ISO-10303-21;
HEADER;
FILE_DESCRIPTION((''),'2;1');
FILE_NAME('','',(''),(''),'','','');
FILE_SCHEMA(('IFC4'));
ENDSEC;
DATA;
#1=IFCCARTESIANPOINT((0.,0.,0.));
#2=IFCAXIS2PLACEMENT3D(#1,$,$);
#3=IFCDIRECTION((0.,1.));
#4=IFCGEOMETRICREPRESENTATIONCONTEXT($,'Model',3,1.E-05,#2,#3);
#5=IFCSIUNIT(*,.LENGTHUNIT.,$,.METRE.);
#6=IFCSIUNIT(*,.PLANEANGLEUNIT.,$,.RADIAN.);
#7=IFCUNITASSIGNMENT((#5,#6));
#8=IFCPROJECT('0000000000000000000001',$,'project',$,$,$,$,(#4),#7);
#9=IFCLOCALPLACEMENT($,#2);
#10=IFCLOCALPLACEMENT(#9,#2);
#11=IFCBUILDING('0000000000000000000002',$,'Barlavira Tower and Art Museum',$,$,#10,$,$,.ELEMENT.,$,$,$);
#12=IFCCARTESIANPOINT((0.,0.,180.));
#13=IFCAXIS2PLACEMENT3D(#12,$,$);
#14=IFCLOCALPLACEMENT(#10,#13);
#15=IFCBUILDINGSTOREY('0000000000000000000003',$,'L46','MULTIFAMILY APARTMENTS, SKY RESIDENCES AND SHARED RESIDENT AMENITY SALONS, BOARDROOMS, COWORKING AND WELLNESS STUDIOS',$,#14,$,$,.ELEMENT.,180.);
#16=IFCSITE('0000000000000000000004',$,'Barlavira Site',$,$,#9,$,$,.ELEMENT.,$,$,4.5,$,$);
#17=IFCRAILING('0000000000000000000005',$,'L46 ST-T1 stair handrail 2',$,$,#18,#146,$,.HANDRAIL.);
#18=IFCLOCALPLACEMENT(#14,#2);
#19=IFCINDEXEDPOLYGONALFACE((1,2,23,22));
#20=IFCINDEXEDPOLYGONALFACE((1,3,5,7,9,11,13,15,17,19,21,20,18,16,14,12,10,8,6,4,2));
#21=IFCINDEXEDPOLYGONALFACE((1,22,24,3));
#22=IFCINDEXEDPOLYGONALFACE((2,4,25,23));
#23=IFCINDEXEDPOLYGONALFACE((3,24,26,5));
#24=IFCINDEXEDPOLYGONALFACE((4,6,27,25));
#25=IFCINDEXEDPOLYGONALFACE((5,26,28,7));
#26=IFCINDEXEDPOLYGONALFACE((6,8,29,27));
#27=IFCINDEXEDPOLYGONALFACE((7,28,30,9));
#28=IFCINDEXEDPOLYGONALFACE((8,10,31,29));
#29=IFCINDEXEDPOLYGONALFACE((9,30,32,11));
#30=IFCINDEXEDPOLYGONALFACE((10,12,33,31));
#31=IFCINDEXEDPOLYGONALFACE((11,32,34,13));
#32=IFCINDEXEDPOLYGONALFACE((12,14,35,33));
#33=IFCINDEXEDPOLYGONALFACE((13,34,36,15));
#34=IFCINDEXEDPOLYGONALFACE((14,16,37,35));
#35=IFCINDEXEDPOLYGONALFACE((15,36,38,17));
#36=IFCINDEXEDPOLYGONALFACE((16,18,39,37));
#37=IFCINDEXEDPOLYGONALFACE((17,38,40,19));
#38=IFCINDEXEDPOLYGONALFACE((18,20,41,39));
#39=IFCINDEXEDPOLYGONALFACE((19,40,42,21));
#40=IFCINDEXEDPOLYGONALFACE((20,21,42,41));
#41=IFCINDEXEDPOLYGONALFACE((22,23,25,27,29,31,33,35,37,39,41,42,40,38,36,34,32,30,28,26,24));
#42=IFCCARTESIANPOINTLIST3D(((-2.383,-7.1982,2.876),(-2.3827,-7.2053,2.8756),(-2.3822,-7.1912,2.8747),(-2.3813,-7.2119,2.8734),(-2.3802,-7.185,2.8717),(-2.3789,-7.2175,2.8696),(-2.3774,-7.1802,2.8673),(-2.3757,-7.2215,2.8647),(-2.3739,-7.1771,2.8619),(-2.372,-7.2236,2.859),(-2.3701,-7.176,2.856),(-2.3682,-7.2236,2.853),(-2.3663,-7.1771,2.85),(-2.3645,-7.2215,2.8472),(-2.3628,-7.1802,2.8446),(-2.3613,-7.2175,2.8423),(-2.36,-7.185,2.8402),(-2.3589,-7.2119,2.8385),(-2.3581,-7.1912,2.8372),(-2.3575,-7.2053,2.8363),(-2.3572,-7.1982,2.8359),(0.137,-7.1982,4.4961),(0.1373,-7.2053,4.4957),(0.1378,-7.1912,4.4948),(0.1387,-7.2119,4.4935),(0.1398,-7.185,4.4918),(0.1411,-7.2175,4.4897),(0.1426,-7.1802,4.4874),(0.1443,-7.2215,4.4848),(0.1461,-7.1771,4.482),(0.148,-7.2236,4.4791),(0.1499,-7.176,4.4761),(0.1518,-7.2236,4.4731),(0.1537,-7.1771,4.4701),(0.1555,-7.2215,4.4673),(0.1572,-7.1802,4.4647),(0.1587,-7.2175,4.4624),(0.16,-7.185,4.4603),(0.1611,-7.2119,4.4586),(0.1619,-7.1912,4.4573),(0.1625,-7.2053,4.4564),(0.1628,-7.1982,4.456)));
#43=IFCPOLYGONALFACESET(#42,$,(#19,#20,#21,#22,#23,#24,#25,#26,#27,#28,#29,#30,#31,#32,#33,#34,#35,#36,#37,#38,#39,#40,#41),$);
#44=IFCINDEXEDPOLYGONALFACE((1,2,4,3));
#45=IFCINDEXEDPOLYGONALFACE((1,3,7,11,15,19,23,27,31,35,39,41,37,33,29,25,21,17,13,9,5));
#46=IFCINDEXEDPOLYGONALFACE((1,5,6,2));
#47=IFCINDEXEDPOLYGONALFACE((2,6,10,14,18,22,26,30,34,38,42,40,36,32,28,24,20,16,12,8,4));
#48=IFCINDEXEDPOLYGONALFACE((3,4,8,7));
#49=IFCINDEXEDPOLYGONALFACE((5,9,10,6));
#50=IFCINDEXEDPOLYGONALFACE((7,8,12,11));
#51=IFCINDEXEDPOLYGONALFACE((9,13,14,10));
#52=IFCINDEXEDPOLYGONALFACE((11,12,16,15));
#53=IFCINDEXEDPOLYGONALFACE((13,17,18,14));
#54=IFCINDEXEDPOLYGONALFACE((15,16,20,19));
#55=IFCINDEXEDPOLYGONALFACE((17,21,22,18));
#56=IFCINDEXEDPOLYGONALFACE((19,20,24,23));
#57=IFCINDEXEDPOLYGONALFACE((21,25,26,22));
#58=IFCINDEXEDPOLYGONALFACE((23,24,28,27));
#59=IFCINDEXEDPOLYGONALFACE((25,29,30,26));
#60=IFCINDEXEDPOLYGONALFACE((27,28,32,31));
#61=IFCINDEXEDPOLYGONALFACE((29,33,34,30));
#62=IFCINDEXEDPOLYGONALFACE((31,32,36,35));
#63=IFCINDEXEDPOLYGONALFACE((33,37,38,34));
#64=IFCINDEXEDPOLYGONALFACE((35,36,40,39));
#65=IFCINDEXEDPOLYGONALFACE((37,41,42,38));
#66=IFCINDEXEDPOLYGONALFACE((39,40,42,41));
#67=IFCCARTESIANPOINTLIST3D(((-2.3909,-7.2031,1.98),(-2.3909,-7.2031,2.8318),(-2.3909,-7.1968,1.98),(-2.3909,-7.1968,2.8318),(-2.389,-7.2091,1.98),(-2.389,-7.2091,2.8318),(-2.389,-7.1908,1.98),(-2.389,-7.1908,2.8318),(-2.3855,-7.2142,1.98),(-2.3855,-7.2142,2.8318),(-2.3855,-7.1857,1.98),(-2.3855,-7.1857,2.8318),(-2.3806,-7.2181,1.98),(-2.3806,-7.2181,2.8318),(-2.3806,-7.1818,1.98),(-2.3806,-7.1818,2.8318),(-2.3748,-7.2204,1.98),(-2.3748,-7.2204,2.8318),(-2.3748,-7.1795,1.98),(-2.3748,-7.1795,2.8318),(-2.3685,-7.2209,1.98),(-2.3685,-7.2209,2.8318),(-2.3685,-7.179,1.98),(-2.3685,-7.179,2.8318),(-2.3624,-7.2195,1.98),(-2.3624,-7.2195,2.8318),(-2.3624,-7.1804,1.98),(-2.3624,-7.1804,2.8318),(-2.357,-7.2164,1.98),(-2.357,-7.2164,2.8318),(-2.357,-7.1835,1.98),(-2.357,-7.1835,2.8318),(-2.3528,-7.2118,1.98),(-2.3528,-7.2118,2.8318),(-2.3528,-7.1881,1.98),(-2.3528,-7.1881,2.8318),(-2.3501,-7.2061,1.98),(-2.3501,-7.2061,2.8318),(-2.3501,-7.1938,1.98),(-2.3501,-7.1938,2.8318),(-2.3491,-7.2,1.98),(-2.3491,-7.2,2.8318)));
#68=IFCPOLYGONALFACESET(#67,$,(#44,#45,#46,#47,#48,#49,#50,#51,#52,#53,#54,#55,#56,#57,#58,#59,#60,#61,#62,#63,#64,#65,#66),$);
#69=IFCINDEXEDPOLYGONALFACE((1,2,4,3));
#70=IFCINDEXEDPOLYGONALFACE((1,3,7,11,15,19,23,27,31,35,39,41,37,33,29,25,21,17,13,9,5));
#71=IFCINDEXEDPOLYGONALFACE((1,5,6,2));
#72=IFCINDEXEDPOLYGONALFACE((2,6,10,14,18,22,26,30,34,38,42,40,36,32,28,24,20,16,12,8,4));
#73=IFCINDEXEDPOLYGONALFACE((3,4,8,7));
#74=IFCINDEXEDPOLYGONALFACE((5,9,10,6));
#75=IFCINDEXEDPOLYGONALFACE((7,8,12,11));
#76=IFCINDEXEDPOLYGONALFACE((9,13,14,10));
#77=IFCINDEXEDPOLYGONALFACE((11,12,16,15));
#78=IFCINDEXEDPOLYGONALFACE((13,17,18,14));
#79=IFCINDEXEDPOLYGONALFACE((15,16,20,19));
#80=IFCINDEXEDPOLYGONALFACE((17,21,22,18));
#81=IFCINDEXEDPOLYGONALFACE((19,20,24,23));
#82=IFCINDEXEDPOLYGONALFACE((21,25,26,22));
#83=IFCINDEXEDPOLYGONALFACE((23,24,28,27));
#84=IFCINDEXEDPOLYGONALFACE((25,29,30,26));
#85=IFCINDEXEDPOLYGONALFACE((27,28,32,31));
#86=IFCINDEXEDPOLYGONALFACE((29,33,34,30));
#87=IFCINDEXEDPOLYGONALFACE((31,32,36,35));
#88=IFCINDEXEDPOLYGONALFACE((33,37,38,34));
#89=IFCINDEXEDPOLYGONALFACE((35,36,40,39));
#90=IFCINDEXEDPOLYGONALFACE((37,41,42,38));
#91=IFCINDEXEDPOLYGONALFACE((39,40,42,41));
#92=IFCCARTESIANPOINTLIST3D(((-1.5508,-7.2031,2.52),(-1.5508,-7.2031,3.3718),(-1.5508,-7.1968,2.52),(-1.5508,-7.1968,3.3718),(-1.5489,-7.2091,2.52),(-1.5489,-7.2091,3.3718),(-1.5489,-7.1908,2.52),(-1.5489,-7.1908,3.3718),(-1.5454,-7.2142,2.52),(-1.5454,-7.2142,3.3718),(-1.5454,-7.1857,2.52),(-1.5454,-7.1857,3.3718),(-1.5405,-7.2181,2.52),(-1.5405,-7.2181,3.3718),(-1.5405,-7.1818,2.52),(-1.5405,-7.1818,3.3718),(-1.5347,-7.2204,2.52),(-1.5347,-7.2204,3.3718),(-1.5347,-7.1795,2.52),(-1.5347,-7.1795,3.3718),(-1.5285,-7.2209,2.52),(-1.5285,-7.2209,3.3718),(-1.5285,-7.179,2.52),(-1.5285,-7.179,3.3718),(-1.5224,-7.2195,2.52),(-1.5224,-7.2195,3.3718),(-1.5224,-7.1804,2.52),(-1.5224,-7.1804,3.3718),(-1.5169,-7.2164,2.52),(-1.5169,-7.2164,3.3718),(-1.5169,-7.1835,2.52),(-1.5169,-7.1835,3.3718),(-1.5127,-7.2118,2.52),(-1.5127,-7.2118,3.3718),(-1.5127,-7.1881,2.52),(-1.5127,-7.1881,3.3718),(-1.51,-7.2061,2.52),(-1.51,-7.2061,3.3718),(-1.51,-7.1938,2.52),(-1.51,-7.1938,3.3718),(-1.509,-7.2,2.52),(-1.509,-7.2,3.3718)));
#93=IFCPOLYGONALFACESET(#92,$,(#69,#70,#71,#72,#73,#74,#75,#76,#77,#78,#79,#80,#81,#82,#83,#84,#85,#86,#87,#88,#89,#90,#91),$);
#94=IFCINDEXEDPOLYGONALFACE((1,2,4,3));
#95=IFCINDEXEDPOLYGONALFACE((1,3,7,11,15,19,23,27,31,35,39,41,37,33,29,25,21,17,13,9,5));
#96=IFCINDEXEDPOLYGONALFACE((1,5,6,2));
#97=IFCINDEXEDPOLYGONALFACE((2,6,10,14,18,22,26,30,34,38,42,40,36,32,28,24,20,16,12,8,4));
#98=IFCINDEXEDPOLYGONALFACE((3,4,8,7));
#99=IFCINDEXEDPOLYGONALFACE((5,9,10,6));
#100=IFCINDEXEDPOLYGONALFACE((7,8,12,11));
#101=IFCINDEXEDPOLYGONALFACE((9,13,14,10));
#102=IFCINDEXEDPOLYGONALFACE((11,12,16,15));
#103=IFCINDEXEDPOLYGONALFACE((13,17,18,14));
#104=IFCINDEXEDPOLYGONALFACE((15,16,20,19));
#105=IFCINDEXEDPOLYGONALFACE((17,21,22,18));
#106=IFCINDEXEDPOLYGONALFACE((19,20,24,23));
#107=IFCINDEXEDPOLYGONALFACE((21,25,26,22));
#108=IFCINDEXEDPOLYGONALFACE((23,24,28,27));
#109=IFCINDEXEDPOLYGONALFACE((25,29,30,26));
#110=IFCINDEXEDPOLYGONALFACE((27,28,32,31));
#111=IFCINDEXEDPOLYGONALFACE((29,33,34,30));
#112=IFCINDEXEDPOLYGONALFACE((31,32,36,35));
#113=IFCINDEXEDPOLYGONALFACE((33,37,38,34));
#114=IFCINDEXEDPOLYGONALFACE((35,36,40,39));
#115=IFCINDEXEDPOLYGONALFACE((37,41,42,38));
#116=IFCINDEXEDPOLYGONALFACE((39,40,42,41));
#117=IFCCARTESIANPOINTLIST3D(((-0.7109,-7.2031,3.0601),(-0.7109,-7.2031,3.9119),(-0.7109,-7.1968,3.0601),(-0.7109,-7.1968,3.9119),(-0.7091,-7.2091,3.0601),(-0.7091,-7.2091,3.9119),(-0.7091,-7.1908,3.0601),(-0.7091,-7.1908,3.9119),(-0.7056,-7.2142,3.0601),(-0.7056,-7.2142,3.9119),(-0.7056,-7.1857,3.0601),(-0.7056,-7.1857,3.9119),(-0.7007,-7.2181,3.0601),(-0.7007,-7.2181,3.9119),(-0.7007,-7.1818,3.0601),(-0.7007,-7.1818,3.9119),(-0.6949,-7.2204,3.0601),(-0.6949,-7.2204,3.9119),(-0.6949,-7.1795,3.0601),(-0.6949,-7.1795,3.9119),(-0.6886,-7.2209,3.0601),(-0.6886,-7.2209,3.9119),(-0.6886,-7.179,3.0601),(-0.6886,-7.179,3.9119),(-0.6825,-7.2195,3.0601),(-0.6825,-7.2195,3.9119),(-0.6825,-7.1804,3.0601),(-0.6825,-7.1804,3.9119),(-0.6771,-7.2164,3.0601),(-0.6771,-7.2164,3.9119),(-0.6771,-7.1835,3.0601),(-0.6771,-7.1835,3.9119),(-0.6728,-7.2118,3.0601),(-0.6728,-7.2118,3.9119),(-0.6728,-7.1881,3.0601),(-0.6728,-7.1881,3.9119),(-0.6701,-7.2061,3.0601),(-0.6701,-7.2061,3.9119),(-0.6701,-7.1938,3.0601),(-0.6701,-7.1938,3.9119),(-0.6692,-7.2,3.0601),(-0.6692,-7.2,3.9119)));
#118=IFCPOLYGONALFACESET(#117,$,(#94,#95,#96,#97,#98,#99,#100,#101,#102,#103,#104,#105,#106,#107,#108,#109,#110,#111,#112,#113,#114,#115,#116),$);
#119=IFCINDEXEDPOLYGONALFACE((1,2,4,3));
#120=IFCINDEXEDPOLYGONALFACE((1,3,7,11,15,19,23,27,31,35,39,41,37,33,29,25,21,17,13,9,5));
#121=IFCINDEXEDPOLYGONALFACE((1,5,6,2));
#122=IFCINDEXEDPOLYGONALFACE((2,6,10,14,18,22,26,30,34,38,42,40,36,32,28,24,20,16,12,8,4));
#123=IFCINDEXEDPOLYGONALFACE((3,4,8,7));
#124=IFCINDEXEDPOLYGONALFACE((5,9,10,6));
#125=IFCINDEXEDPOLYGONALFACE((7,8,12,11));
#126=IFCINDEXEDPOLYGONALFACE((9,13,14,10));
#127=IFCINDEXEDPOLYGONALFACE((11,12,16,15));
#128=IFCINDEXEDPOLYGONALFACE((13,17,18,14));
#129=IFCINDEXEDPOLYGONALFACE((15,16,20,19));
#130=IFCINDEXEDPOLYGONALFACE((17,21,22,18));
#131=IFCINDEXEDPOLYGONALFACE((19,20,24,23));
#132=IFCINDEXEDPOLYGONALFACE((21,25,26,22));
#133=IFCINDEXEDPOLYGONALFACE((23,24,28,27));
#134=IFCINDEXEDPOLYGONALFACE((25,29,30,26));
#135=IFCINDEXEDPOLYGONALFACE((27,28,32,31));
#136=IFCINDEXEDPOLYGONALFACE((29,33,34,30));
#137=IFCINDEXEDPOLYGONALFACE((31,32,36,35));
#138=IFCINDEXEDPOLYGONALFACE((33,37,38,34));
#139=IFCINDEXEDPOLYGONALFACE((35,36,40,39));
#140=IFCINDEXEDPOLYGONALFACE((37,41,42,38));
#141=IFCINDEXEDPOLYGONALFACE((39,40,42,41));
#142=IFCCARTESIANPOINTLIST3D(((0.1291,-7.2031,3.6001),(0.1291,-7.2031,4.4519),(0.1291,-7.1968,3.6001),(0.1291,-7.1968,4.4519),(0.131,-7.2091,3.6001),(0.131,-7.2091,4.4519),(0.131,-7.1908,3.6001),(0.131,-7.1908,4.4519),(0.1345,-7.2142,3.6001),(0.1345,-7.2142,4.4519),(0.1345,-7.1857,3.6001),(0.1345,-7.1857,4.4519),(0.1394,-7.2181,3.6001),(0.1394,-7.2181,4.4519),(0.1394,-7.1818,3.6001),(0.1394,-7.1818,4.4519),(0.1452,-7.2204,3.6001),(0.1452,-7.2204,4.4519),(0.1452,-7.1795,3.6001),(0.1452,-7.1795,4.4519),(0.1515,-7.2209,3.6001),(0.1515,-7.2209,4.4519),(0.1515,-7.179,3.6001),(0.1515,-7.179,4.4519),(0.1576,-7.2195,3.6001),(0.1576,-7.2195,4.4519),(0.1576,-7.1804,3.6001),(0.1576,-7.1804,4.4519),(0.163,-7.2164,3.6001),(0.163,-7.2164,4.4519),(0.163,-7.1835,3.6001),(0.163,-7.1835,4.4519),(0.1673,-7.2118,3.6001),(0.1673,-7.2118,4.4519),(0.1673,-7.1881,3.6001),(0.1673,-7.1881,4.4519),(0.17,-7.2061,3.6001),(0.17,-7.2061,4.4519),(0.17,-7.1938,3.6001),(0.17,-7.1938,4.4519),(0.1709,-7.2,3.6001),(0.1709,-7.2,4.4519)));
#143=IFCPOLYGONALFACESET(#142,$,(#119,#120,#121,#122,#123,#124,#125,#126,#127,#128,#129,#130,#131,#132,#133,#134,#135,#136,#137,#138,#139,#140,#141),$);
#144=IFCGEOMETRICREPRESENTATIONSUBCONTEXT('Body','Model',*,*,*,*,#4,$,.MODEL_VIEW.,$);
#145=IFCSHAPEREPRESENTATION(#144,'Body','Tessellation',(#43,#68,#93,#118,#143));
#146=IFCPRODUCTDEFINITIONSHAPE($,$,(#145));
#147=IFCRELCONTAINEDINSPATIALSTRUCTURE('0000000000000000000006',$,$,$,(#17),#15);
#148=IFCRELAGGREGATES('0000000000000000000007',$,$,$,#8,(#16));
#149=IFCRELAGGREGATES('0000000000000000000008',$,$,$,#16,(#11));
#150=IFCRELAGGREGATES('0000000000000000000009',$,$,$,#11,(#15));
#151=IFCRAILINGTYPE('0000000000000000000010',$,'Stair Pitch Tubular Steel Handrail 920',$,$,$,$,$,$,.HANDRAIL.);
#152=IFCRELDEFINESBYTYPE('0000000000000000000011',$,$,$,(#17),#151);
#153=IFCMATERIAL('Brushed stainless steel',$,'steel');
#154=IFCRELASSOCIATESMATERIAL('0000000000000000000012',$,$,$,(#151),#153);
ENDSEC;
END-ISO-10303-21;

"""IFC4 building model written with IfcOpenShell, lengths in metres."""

from ifc_helpers import new_model, si_unit, direction, frame, origin, origin_2d, place, context, subcontext, project, spatial, circle, extrude, material, type_object, element, save


model = new_model("IFC4")

# Units and contexts
model_context = context("Model", 3, precision=1e-05, world=origin(), true_north=direction((0.0, 1.0)))
body_context = subcontext(model_context, "Body", "Model", "MODEL_VIEW")
ifc_project = project(units=[si_unit("LENGTHUNIT", "METRE"), si_unit("PLANEANGLEUNIT", "RADIAN")], contexts=[model_context])

# Site, building, storey
site_placement = place(None, origin())
site = spatial("IfcSite", under=ifc_project, at=site_placement, Name="Barlavira Site", CompositionType="ELEMENT", RefElevation=4.5)
building_placement = place(site_placement, origin())
building = spatial("IfcBuilding", under=site, at=building_placement, Name="Barlavira Tower and Art Museum", CompositionType="ELEMENT")
storey_placement = place(building_placement, frame((0.0, 0.0, 180.0)))
storey = spatial("IfcBuildingStorey", under=building, at=storey_placement, Name="L46", Description="MULTIFAMILY APARTMENTS, SKY RESIDENCES AND SHARED RESIDENT AMENITY SALONS, BOARDROOMS, COWORKING AND WELLNESS STUDIOS", CompositionType="ELEMENT", Elevation=180.0)

# Shared definitions
ifc_material_1 = material(Name="Brushed stainless steel", Category="steel")

# Railing
railing_type_1 = type_object("IfcRailingType", Name="Stair Pitch Tubular Steel Handrail 920", PredefinedType="HANDRAIL", material=ifc_material_1)
railing_1_placement = place(storey_placement, frame((-2.3701, -7.2, 1.98)))
element("IfcRailing", 1, at=railing_1_placement, inside=storey, type_object=railing_type_1, Name="L46 ST-T1 stair handrail 2", PredefinedType="HANDRAIL", context=body_context, shape_type="SweptSolid", body=[
    extrude(circle(Radius=0.0239, at=origin_2d()), frame((0.0, 0.0, 0.876), z_axis=(0.841163, 0.0, 0.540782), x_axis=(0.0, 1.0, 0.0)), (0.0, 0.0, 1.0), 2.9958),
    extrude(circle(Radius=0.021, at=origin_2d()), origin(), (0.0, 0.0, 1.0), 0.8518),
    extrude(circle(Radius=0.021, at=origin_2d()), frame((0.8401, 0.0, 0.54)), (0.0, 0.0, 1.0), 0.8518),
    extrude(circle(Radius=0.021, at=origin_2d()), frame((1.6799, 0.0, 1.0801)), (0.0, 0.0, 1.0), 0.8518),
    extrude(circle(Radius=0.021, at=origin_2d()), frame((2.52, 0.0, 1.6201)), (0.0, 0.0, 1.0), 0.8518),
])

save(model, "model.ifc")
